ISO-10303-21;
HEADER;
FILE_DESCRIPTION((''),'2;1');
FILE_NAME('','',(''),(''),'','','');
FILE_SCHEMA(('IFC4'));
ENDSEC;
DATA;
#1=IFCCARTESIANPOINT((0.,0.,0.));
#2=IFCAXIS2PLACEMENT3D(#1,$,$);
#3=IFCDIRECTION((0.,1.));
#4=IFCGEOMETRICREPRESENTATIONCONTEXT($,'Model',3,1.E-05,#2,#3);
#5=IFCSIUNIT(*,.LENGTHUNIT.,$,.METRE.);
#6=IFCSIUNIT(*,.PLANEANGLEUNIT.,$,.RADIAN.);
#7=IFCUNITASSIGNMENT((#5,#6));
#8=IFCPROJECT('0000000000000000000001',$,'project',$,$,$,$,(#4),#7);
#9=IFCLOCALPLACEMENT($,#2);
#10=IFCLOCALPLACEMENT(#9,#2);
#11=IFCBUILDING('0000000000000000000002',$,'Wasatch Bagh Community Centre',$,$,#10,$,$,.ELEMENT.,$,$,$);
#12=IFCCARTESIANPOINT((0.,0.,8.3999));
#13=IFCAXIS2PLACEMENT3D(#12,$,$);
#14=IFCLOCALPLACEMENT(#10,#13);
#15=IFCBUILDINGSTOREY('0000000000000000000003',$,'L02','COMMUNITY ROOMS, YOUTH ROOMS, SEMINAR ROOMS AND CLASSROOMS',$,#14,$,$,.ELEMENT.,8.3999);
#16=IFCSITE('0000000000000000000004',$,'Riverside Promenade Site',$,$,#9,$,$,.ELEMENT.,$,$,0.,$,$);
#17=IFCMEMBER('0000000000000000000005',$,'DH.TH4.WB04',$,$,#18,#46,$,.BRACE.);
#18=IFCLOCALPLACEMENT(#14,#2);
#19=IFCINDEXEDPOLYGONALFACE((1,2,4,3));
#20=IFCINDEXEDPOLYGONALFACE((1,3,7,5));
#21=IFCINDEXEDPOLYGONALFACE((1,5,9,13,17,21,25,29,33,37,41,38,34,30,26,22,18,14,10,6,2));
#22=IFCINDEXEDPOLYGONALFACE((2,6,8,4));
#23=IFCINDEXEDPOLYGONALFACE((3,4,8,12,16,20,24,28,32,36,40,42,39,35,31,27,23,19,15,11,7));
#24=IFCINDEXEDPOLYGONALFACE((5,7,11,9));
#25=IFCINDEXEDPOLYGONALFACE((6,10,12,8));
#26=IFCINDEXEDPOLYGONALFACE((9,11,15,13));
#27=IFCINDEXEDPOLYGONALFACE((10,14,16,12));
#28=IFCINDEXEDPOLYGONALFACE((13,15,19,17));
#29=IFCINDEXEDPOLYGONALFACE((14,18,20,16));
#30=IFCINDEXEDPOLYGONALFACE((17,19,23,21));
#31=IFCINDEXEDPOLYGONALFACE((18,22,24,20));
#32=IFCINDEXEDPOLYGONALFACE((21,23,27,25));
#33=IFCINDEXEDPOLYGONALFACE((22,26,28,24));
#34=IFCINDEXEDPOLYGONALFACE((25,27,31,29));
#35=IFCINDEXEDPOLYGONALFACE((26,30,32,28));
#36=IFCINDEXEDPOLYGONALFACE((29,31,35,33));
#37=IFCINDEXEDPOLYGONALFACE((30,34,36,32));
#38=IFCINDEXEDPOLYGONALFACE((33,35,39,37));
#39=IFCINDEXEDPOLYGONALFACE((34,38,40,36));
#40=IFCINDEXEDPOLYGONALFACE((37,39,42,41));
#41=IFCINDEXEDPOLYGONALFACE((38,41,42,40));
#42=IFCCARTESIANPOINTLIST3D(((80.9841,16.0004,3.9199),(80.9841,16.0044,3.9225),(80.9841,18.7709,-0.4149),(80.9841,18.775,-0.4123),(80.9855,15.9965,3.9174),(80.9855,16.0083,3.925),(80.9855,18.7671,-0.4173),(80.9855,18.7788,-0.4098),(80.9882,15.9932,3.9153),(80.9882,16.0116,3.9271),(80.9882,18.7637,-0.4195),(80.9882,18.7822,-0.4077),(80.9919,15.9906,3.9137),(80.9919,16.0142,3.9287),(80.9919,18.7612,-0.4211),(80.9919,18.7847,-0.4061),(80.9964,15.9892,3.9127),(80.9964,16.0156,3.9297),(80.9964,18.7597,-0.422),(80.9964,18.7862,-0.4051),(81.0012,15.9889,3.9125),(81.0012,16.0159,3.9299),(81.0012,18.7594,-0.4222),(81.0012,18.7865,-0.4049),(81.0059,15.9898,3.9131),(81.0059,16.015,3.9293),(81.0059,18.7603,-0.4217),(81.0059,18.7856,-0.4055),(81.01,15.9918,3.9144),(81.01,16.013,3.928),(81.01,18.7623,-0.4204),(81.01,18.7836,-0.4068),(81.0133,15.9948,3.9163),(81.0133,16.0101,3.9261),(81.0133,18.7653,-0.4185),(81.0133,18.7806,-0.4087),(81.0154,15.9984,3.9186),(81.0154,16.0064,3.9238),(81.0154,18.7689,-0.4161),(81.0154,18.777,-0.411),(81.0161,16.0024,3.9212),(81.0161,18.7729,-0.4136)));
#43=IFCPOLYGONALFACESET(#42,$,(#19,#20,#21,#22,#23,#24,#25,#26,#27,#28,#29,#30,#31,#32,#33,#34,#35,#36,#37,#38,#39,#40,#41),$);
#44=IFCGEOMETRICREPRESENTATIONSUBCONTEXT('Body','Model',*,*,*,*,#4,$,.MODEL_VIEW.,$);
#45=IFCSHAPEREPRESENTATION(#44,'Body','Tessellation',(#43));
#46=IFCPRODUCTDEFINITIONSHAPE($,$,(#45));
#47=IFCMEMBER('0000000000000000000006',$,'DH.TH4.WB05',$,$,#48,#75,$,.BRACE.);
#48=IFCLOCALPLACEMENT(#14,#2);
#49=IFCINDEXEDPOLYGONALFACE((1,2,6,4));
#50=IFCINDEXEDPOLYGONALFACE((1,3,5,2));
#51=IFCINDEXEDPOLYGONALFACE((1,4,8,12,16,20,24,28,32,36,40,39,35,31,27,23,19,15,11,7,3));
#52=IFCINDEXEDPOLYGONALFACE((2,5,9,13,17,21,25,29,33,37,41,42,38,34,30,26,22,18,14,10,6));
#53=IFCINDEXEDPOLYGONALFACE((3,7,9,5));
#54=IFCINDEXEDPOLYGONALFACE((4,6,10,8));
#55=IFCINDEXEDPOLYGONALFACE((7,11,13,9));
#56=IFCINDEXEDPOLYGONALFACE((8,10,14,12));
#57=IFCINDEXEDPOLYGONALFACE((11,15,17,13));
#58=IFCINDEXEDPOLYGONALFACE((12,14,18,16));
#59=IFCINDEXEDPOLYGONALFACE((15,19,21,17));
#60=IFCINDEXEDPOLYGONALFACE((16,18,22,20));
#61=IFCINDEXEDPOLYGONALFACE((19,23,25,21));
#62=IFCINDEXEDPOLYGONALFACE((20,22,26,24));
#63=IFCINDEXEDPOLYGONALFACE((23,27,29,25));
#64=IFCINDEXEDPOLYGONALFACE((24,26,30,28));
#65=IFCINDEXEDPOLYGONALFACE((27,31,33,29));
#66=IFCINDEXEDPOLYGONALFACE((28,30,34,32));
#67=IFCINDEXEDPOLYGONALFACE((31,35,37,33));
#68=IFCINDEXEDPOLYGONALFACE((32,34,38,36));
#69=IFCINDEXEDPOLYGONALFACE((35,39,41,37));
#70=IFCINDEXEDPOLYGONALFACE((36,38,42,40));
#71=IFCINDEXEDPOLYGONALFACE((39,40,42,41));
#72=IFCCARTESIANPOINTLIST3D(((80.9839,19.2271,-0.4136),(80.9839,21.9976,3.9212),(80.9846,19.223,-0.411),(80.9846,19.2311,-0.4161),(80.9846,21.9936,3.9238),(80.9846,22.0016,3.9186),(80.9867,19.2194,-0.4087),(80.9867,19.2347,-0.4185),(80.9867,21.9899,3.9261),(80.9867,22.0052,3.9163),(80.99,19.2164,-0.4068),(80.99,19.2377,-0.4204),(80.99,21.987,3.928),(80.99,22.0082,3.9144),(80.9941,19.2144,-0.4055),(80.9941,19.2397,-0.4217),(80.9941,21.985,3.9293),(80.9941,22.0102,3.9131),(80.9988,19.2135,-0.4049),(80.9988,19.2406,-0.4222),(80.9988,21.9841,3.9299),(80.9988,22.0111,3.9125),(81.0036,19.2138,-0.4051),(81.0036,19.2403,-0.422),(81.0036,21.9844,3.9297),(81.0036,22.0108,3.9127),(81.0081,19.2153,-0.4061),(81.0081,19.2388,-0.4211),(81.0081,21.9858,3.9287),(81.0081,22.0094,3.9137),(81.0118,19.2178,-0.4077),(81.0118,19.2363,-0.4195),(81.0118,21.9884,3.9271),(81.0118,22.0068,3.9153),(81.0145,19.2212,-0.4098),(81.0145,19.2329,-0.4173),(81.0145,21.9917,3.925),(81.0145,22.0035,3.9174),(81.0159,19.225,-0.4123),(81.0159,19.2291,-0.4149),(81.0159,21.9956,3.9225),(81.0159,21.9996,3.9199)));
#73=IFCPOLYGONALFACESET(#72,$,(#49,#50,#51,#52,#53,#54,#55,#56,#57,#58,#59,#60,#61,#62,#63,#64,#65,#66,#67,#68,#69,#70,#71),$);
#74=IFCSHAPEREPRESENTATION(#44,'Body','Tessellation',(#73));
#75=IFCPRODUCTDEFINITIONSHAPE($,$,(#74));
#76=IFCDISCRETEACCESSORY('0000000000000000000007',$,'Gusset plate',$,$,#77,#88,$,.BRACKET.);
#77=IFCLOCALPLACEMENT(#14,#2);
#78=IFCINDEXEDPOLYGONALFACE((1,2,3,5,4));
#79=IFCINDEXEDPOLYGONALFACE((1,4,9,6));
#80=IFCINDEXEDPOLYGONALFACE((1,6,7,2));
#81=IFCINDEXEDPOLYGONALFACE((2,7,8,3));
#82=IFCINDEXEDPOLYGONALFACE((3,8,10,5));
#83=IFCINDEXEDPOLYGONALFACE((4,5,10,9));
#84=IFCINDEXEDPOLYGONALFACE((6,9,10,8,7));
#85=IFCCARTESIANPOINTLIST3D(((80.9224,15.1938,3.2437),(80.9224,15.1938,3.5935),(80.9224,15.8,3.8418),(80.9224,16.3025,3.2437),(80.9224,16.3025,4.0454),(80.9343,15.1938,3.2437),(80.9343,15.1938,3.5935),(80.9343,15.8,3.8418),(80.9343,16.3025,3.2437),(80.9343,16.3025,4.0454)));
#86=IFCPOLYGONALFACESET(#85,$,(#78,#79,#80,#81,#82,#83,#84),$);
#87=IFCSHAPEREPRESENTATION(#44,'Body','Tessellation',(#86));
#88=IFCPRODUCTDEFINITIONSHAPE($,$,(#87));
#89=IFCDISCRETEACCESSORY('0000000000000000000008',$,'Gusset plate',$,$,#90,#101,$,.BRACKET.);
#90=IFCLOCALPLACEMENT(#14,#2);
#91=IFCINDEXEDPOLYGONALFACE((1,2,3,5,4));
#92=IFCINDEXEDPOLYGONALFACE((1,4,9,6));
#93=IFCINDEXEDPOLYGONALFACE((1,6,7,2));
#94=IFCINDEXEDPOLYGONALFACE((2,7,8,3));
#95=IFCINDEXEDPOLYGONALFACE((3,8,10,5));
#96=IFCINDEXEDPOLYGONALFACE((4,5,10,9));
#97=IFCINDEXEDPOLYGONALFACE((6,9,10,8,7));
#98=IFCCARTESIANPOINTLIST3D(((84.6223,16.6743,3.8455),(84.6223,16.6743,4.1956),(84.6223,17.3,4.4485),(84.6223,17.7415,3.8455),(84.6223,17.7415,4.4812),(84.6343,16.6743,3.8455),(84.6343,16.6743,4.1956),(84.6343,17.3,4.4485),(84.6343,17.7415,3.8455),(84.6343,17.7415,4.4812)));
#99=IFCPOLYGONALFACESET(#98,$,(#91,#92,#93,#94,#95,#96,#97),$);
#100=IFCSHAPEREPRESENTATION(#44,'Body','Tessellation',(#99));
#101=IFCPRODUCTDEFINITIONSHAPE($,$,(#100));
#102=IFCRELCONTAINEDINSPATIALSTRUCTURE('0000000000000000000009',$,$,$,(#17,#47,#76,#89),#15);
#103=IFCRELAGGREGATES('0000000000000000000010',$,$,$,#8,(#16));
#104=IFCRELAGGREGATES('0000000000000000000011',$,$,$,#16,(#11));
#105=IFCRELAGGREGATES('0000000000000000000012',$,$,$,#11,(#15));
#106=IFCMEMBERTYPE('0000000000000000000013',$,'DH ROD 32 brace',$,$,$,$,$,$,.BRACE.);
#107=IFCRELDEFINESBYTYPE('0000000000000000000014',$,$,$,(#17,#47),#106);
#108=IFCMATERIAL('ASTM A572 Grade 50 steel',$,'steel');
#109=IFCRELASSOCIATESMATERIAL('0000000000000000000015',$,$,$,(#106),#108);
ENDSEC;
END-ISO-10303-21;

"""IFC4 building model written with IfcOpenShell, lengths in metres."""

from ifc_helpers import new_model, si_unit, direction, frame, origin, origin_2d, place, context, subcontext, project, spatial, polyline, circle, outline, extrude, material, material_profile, profile_set, type_object, element, save


model = new_model("IFC4")

# Units and contexts
model_context = context("Model", 3, precision=1e-05, world=origin(), true_north=direction((0.0, 1.0)))
body_context = subcontext(model_context, "Body", "Model", "MODEL_VIEW")
ifc_project = project(units=[si_unit("LENGTHUNIT", "METRE"), si_unit("PLANEANGLEUNIT", "RADIAN")], contexts=[model_context])

# Site, building, storey
site_placement = place(None, origin())
site = spatial("IfcSite", under=ifc_project, at=site_placement, Name="Riverside Promenade Site", CompositionType="ELEMENT", RefElevation=0.0)
building_placement = place(site_placement, origin())
building = spatial("IfcBuilding", under=site, at=building_placement, Name="Wasatch Bagh Community Centre", CompositionType="ELEMENT")
storey_placement = place(building_placement, frame((0.0, 0.0, 8.3999)))
storey = spatial("IfcBuildingStorey", under=building, at=storey_placement, Name="L02", Description="COMMUNITY ROOMS, YOUTH ROOMS, SEMINAR ROOMS AND CLASSROOMS", CompositionType="ELEMENT", Elevation=8.3999)

# Members
ifc_material_1 = material(Name="ASTM A572 Grade 50 steel", Category="steel")
ifc_material_profile_1 = material_profile(ifc_material_1, circle(Radius=0.0161, at=origin_2d()), Name="ROD 32")
ifc_profile_set_1 = profile_set([ifc_material_profile_1], Name="ASTM A572 Grade 50 steel")
member_type_1 = type_object("IfcMemberType", Name="DH ROD 32 brace", PredefinedType="BRACE", material=ifc_profile_set_1)
for number, where, z_axis, x_axis, name in (
    (1, (81.0, 18.7729, -0.4136), (0.0, -0.538542, 0.842599), (1.0, 0.0, 0.0), "DH.TH4.WB04"),
    (2, (81.0, 19.2271, -0.4136), (0.0, 0.538542, 0.842599), (-1.0, 0.0, 0.0), "DH.TH4.WB05"),
):
    element("IfcMember", number, at=place(storey_placement, frame(where, z_axis=z_axis, x_axis=x_axis)), inside=storey, type_object=member_type_1, Name=name, PredefinedType="BRACE", context=body_context, shape_type="SweptSolid", body=[
        extrude(circle(Radius=0.0161, at=origin_2d()), origin(), (0.0, 0.0, 1.0), 5.1445),
    ])

# Discrete accessories
discrete_accessory_1_placement = place(storey_placement, frame((80.9224, 15.1938, 3.5935), z_axis=(-1.0, 0.0, 0.0), x_axis=(0.0, 0.925387, 0.379025)))
element("IfcDiscreteAccessory", 3, at=discrete_accessory_1_placement, inside=storey, Name="Gusset plate", PredefinedType="BRACKET", context=body_context, shape_type="SweptSolid", body=[
    extrude(outline(polyline([(0.0, 0.0), (0.6551, 0.0), (1.1972, 0.002), (0.8933, 0.744), (-0.1326, 0.3237), (0.0, 0.0)])), origin(), (0.0, 0.0, -1.0), 0.012),
])
discrete_accessory_2_placement = place(storey_placement, frame((84.6223, 16.6743, 4.1956), z_axis=(-1.0, 0.0, 0.0), x_axis=(0.0, 0.927123, 0.374756)))
element("IfcDiscreteAccessory", 4, at=discrete_accessory_2_placement, inside=storey, Name="Gusset plate", PredefinedType="BRACKET", context=body_context, shape_type="SweptSolid", body=[
    extrude(outline(polyline([(0.0, 0.0), (0.6749, 0.0), (1.0964, 0.1351), (0.8582, 0.7245), (-0.1312, 0.3246), (0.0, 0.0)])), origin(), (0.0, 0.0, -1.0), 0.012),
])

save(model, "model.ifc")
